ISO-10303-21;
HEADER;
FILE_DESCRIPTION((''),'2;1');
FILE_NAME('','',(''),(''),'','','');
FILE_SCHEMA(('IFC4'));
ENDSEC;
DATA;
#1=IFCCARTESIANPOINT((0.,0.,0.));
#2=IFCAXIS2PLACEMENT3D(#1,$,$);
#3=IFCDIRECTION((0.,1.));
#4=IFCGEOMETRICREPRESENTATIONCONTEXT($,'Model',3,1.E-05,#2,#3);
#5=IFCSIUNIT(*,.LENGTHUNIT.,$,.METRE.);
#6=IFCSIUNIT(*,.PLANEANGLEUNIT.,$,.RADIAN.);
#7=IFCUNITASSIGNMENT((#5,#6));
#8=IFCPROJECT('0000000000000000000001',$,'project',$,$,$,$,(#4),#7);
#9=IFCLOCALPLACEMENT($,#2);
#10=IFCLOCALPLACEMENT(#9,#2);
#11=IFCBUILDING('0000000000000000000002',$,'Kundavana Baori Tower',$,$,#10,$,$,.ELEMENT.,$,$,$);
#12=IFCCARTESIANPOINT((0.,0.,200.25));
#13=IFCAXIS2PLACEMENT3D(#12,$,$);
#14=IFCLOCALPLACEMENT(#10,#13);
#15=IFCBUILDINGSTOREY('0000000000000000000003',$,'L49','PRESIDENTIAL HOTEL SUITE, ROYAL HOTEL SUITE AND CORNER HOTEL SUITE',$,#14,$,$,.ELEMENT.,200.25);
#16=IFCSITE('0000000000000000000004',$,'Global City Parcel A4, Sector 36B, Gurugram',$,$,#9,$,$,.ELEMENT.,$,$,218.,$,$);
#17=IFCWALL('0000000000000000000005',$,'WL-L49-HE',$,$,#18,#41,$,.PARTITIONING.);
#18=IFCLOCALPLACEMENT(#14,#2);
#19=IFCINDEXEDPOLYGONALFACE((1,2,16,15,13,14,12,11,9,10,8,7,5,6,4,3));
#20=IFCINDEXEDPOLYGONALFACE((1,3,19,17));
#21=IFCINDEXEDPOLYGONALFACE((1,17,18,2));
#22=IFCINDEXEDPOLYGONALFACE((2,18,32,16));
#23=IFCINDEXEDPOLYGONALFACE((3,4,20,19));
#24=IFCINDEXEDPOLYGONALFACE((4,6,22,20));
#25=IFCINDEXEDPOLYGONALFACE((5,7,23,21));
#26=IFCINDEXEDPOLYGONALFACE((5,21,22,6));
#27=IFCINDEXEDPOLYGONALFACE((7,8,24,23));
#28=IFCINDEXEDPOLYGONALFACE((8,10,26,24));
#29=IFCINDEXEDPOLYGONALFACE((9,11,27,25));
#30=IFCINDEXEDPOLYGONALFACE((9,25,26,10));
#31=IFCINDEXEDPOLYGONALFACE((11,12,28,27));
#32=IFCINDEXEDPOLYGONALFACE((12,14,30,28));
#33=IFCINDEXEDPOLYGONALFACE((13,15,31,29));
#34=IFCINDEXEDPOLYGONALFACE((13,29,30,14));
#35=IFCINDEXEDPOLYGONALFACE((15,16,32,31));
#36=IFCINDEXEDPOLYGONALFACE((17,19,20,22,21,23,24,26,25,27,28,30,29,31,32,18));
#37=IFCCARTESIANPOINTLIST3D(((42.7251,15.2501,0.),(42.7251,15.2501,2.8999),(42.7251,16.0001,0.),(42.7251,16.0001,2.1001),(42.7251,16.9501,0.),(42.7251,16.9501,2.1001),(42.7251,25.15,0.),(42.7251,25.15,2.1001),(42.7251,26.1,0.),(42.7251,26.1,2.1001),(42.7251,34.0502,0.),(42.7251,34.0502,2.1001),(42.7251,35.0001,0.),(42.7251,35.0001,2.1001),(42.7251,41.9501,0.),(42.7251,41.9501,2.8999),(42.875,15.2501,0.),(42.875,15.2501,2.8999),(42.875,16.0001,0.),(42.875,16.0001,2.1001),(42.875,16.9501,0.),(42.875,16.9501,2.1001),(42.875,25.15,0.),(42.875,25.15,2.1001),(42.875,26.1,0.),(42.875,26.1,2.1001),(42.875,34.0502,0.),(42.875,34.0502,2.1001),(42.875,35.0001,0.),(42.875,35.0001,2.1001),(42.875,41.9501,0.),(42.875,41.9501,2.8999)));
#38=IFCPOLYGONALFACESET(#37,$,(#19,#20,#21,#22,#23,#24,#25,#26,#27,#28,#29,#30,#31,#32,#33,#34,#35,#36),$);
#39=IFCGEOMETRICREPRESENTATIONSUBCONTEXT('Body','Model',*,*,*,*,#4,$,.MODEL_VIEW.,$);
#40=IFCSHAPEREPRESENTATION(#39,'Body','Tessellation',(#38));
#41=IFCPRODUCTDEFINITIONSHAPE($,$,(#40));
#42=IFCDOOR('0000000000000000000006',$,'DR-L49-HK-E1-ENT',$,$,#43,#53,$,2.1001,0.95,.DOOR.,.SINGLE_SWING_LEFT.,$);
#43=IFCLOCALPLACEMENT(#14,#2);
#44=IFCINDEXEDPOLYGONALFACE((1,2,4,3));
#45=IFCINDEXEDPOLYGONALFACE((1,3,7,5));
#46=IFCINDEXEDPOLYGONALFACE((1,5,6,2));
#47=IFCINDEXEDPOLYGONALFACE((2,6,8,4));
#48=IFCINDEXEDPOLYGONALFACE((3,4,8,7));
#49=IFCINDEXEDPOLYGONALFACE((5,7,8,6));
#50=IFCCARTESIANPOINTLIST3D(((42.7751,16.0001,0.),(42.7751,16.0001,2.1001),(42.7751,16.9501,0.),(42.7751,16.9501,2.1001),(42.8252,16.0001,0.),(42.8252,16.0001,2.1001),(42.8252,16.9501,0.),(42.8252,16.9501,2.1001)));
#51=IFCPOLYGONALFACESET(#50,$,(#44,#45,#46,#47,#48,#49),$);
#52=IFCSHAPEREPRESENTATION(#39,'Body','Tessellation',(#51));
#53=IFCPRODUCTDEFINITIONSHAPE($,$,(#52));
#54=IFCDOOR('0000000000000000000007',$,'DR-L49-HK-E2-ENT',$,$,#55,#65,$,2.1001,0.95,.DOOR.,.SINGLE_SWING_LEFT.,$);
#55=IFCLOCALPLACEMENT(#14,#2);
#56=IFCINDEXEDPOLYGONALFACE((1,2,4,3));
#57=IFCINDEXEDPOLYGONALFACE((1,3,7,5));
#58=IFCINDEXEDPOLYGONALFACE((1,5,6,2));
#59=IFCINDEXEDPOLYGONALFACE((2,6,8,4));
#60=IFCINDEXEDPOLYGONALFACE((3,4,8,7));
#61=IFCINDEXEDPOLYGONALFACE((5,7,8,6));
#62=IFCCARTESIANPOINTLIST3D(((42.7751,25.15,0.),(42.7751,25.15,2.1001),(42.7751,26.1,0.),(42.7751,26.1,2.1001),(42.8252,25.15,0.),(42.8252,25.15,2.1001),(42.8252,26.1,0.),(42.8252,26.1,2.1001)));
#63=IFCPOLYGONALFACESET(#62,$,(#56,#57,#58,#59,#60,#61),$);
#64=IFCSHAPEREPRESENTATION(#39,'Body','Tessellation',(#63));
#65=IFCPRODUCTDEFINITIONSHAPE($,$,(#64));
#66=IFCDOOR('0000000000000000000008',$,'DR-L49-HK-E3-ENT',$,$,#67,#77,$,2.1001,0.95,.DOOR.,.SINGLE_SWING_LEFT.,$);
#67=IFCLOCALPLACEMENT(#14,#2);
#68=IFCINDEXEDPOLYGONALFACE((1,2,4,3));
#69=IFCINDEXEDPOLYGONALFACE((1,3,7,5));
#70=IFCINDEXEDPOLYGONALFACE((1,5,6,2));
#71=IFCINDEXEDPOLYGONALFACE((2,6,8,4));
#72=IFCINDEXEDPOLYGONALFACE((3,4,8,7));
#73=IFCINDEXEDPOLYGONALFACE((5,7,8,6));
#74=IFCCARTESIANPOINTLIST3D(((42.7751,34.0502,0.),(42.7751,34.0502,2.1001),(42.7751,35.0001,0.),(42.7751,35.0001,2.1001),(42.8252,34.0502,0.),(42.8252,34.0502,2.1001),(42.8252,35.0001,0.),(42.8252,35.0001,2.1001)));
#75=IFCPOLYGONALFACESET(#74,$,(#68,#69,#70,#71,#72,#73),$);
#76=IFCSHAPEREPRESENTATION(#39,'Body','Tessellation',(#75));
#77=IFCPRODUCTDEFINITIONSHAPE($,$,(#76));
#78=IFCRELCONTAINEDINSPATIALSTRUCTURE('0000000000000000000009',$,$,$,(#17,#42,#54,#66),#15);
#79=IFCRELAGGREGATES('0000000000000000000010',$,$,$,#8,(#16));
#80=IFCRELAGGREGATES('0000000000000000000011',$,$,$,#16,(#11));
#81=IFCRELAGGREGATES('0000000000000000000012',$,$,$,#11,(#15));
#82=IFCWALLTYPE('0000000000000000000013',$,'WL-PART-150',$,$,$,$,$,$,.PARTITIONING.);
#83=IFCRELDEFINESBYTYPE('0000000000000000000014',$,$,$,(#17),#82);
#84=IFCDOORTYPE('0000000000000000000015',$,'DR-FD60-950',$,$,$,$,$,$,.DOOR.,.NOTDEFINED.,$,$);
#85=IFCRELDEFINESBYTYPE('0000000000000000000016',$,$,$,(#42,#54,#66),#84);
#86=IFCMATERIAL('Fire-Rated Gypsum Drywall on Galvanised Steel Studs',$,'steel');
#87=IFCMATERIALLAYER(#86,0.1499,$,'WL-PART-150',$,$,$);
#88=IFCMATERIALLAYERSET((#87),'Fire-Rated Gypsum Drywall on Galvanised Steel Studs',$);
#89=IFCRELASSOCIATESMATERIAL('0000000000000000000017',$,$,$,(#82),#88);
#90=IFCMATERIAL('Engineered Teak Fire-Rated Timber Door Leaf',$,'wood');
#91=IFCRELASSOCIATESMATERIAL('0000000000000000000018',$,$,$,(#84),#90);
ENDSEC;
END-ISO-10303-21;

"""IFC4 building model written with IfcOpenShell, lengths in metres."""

from ifc_helpers import new_model, si_unit, direction, frame, frame_2d, origin, place, context, subcontext, project, spatial, rectangle, extrude, material, layer, layer_set, type_object, element, fill, save


model = new_model("IFC4")

# Units and contexts
model_context = context("Model", 3, precision=1e-05, world=origin(), true_north=direction((0.0, 1.0)))
body_context = subcontext(model_context, "Body", "Model", "MODEL_VIEW")
ifc_project = project(units=[si_unit("LENGTHUNIT", "METRE"), si_unit("PLANEANGLEUNIT", "RADIAN")], contexts=[model_context])

# Site, building, storey
site_placement = place(None, origin())
site = spatial("IfcSite", under=ifc_project, at=site_placement, Name="Global City Parcel A4, Sector 36B, Gurugram", CompositionType="ELEMENT", RefElevation=218.0)
building_placement = place(site_placement, origin())
building = spatial("IfcBuilding", under=site, at=building_placement, Name="Kundavana Baori Tower", CompositionType="ELEMENT")
storey_placement = place(building_placement, frame((0.0, 0.0, 200.25)))
storey = spatial("IfcBuildingStorey", under=building, at=storey_placement, Name="L49", Description="PRESIDENTIAL HOTEL SUITE, ROYAL HOTEL SUITE AND CORNER HOTEL SUITE", CompositionType="ELEMENT", Elevation=200.25)

# Wall, openings, doors
ifc_material_1 = material(Name="Fire-Rated Gypsum Drywall on Galvanised Steel Studs", Category="steel")
ifc_layer_1 = layer(ifc_material_1, 0.1499, Name="WL-PART-150")
ifc_layer_set_1 = layer_set([ifc_layer_1], Name="Fire-Rated Gypsum Drywall on Galvanised Steel Studs")
wall_type_1 = type_object("IfcWallType", Name="WL-PART-150", PredefinedType="PARTITIONING", material=ifc_layer_set_1)
wall_1_placement = place(storey_placement, frame((42.8, 15.25, 0.0), z_axis=(0.0, 0.0, 1.0), x_axis=(0.0, 1.0, 0.0)))
wall_1 = element("IfcWall", 1, at=wall_1_placement, inside=storey, type_object=wall_type_1, Name="WL-L49-HE", PredefinedType="PARTITIONING", context=body_context, shape_type="SweptSolid", body=[
    extrude(rectangle(XDim=26.7, YDim=0.1499, at=frame_2d((13.3501, 0.0))), origin(), (0.0, 0.0, 1.0), 2.8999),
])
opening_1_placement = place(wall_1_placement, frame((0.75, 0.0, 0.0)))
opening_1 = element("IfcOpeningElement", 2, at=opening_1_placement, cuts=wall_1, PredefinedType="OPENING", context=body_context, shape_type="SweptSolid", body=[
    extrude(rectangle(XDim=0.95, YDim=2.1001, at=frame_2d((0.4751, 1.05))), frame((0.0, 0.085, 0.0), z_axis=(0.0, -1.0, 0.0), x_axis=(1.0, 0.0, 0.0)), (0.0, 0.0, 1.0), 0.1699),
])
opening_2_placement = place(wall_1_placement, frame((9.8999, 0.0, 0.0)))
opening_2 = element("IfcOpeningElement", 3, at=opening_2_placement, cuts=wall_1, PredefinedType="OPENING", context=body_context, shape_type="SweptSolid", body=[
    extrude(rectangle(XDim=0.95, YDim=2.1001, at=frame_2d((0.4751, 1.05))), frame((0.0, 0.085, 0.0), z_axis=(0.0, -1.0, 0.0), x_axis=(1.0, 0.0, 0.0)), (0.0, 0.0, 1.0), 0.1699),
])
opening_3_placement = place(wall_1_placement, frame((18.8, 0.0, 0.0)))
opening_3 = element("IfcOpeningElement", 4, at=opening_3_placement, cuts=wall_1, PredefinedType="OPENING", context=body_context, shape_type="SweptSolid", body=[
    extrude(rectangle(XDim=0.95, YDim=2.1001, at=frame_2d((0.4751, 1.05))), frame((0.0, 0.085, 0.0), z_axis=(0.0, -1.0, 0.0), x_axis=(1.0, 0.0, 0.0)), (0.0, 0.0, 1.0), 0.1699),
])
ifc_material_2 = material(Name="Engineered Teak Fire-Rated Timber Door Leaf", Category="wood")
door_type_1 = type_object("IfcDoorType", Name="DR-FD60-950", OperationType="NOTDEFINED", PredefinedType="DOOR", material=ifc_material_2)
door_1_placement = place(opening_1_placement, origin())
door_1 = element("IfcDoor", 5, at=door_1_placement, inside=storey, type_object=door_type_1, Name="DR-L49-HK-E1-ENT", OperationType="SINGLE_SWING_LEFT", OverallHeight=2.1001, OverallWidth=0.95, PredefinedType="DOOR", context=body_context, shape_type="SweptSolid", body=[
    extrude(rectangle(XDim=0.95, YDim=2.1001, at=frame_2d((0.4751, 1.05))), frame((0.0, 0.0249, 0.0), z_axis=(0.0, -1.0, 0.0), x_axis=(1.0, 0.0, 0.0)), (0.0, 0.0, 1.0), 0.05),
])
fill(opening_1, door_1)
door_2_placement = place(opening_2_placement, origin())
door_2 = element("IfcDoor", 6, at=door_2_placement, inside=storey, type_object=door_type_1, Name="DR-L49-HK-E2-ENT", OperationType="SINGLE_SWING_LEFT", OverallHeight=2.1001, OverallWidth=0.95, PredefinedType="DOOR", context=body_context, shape_type="SweptSolid", body=[
    extrude(rectangle(XDim=0.95, YDim=2.1001, at=frame_2d((0.4751, 1.05))), frame((0.0, 0.0249, 0.0), z_axis=(0.0, -1.0, 0.0), x_axis=(1.0, 0.0, 0.0)), (0.0, 0.0, 1.0), 0.05),
])
fill(opening_2, door_2)
door_3_placement = place(opening_3_placement, origin())
door_3 = element("IfcDoor", 7, at=door_3_placement, inside=storey, type_object=door_type_1, Name="DR-L49-HK-E3-ENT", OperationType="SINGLE_SWING_LEFT", OverallHeight=2.1001, OverallWidth=0.95, PredefinedType="DOOR", context=body_context, shape_type="SweptSolid", body=[
    extrude(rectangle(XDim=0.95, YDim=2.1001, at=frame_2d((0.4751, 1.05))), frame((0.0, 0.0249, 0.0), z_axis=(0.0, -1.0, 0.0), x_axis=(1.0, 0.0, 0.0)), (0.0, 0.0, 1.0), 0.05),
])
fill(opening_3, door_3)

save(model, "model.ifc")
